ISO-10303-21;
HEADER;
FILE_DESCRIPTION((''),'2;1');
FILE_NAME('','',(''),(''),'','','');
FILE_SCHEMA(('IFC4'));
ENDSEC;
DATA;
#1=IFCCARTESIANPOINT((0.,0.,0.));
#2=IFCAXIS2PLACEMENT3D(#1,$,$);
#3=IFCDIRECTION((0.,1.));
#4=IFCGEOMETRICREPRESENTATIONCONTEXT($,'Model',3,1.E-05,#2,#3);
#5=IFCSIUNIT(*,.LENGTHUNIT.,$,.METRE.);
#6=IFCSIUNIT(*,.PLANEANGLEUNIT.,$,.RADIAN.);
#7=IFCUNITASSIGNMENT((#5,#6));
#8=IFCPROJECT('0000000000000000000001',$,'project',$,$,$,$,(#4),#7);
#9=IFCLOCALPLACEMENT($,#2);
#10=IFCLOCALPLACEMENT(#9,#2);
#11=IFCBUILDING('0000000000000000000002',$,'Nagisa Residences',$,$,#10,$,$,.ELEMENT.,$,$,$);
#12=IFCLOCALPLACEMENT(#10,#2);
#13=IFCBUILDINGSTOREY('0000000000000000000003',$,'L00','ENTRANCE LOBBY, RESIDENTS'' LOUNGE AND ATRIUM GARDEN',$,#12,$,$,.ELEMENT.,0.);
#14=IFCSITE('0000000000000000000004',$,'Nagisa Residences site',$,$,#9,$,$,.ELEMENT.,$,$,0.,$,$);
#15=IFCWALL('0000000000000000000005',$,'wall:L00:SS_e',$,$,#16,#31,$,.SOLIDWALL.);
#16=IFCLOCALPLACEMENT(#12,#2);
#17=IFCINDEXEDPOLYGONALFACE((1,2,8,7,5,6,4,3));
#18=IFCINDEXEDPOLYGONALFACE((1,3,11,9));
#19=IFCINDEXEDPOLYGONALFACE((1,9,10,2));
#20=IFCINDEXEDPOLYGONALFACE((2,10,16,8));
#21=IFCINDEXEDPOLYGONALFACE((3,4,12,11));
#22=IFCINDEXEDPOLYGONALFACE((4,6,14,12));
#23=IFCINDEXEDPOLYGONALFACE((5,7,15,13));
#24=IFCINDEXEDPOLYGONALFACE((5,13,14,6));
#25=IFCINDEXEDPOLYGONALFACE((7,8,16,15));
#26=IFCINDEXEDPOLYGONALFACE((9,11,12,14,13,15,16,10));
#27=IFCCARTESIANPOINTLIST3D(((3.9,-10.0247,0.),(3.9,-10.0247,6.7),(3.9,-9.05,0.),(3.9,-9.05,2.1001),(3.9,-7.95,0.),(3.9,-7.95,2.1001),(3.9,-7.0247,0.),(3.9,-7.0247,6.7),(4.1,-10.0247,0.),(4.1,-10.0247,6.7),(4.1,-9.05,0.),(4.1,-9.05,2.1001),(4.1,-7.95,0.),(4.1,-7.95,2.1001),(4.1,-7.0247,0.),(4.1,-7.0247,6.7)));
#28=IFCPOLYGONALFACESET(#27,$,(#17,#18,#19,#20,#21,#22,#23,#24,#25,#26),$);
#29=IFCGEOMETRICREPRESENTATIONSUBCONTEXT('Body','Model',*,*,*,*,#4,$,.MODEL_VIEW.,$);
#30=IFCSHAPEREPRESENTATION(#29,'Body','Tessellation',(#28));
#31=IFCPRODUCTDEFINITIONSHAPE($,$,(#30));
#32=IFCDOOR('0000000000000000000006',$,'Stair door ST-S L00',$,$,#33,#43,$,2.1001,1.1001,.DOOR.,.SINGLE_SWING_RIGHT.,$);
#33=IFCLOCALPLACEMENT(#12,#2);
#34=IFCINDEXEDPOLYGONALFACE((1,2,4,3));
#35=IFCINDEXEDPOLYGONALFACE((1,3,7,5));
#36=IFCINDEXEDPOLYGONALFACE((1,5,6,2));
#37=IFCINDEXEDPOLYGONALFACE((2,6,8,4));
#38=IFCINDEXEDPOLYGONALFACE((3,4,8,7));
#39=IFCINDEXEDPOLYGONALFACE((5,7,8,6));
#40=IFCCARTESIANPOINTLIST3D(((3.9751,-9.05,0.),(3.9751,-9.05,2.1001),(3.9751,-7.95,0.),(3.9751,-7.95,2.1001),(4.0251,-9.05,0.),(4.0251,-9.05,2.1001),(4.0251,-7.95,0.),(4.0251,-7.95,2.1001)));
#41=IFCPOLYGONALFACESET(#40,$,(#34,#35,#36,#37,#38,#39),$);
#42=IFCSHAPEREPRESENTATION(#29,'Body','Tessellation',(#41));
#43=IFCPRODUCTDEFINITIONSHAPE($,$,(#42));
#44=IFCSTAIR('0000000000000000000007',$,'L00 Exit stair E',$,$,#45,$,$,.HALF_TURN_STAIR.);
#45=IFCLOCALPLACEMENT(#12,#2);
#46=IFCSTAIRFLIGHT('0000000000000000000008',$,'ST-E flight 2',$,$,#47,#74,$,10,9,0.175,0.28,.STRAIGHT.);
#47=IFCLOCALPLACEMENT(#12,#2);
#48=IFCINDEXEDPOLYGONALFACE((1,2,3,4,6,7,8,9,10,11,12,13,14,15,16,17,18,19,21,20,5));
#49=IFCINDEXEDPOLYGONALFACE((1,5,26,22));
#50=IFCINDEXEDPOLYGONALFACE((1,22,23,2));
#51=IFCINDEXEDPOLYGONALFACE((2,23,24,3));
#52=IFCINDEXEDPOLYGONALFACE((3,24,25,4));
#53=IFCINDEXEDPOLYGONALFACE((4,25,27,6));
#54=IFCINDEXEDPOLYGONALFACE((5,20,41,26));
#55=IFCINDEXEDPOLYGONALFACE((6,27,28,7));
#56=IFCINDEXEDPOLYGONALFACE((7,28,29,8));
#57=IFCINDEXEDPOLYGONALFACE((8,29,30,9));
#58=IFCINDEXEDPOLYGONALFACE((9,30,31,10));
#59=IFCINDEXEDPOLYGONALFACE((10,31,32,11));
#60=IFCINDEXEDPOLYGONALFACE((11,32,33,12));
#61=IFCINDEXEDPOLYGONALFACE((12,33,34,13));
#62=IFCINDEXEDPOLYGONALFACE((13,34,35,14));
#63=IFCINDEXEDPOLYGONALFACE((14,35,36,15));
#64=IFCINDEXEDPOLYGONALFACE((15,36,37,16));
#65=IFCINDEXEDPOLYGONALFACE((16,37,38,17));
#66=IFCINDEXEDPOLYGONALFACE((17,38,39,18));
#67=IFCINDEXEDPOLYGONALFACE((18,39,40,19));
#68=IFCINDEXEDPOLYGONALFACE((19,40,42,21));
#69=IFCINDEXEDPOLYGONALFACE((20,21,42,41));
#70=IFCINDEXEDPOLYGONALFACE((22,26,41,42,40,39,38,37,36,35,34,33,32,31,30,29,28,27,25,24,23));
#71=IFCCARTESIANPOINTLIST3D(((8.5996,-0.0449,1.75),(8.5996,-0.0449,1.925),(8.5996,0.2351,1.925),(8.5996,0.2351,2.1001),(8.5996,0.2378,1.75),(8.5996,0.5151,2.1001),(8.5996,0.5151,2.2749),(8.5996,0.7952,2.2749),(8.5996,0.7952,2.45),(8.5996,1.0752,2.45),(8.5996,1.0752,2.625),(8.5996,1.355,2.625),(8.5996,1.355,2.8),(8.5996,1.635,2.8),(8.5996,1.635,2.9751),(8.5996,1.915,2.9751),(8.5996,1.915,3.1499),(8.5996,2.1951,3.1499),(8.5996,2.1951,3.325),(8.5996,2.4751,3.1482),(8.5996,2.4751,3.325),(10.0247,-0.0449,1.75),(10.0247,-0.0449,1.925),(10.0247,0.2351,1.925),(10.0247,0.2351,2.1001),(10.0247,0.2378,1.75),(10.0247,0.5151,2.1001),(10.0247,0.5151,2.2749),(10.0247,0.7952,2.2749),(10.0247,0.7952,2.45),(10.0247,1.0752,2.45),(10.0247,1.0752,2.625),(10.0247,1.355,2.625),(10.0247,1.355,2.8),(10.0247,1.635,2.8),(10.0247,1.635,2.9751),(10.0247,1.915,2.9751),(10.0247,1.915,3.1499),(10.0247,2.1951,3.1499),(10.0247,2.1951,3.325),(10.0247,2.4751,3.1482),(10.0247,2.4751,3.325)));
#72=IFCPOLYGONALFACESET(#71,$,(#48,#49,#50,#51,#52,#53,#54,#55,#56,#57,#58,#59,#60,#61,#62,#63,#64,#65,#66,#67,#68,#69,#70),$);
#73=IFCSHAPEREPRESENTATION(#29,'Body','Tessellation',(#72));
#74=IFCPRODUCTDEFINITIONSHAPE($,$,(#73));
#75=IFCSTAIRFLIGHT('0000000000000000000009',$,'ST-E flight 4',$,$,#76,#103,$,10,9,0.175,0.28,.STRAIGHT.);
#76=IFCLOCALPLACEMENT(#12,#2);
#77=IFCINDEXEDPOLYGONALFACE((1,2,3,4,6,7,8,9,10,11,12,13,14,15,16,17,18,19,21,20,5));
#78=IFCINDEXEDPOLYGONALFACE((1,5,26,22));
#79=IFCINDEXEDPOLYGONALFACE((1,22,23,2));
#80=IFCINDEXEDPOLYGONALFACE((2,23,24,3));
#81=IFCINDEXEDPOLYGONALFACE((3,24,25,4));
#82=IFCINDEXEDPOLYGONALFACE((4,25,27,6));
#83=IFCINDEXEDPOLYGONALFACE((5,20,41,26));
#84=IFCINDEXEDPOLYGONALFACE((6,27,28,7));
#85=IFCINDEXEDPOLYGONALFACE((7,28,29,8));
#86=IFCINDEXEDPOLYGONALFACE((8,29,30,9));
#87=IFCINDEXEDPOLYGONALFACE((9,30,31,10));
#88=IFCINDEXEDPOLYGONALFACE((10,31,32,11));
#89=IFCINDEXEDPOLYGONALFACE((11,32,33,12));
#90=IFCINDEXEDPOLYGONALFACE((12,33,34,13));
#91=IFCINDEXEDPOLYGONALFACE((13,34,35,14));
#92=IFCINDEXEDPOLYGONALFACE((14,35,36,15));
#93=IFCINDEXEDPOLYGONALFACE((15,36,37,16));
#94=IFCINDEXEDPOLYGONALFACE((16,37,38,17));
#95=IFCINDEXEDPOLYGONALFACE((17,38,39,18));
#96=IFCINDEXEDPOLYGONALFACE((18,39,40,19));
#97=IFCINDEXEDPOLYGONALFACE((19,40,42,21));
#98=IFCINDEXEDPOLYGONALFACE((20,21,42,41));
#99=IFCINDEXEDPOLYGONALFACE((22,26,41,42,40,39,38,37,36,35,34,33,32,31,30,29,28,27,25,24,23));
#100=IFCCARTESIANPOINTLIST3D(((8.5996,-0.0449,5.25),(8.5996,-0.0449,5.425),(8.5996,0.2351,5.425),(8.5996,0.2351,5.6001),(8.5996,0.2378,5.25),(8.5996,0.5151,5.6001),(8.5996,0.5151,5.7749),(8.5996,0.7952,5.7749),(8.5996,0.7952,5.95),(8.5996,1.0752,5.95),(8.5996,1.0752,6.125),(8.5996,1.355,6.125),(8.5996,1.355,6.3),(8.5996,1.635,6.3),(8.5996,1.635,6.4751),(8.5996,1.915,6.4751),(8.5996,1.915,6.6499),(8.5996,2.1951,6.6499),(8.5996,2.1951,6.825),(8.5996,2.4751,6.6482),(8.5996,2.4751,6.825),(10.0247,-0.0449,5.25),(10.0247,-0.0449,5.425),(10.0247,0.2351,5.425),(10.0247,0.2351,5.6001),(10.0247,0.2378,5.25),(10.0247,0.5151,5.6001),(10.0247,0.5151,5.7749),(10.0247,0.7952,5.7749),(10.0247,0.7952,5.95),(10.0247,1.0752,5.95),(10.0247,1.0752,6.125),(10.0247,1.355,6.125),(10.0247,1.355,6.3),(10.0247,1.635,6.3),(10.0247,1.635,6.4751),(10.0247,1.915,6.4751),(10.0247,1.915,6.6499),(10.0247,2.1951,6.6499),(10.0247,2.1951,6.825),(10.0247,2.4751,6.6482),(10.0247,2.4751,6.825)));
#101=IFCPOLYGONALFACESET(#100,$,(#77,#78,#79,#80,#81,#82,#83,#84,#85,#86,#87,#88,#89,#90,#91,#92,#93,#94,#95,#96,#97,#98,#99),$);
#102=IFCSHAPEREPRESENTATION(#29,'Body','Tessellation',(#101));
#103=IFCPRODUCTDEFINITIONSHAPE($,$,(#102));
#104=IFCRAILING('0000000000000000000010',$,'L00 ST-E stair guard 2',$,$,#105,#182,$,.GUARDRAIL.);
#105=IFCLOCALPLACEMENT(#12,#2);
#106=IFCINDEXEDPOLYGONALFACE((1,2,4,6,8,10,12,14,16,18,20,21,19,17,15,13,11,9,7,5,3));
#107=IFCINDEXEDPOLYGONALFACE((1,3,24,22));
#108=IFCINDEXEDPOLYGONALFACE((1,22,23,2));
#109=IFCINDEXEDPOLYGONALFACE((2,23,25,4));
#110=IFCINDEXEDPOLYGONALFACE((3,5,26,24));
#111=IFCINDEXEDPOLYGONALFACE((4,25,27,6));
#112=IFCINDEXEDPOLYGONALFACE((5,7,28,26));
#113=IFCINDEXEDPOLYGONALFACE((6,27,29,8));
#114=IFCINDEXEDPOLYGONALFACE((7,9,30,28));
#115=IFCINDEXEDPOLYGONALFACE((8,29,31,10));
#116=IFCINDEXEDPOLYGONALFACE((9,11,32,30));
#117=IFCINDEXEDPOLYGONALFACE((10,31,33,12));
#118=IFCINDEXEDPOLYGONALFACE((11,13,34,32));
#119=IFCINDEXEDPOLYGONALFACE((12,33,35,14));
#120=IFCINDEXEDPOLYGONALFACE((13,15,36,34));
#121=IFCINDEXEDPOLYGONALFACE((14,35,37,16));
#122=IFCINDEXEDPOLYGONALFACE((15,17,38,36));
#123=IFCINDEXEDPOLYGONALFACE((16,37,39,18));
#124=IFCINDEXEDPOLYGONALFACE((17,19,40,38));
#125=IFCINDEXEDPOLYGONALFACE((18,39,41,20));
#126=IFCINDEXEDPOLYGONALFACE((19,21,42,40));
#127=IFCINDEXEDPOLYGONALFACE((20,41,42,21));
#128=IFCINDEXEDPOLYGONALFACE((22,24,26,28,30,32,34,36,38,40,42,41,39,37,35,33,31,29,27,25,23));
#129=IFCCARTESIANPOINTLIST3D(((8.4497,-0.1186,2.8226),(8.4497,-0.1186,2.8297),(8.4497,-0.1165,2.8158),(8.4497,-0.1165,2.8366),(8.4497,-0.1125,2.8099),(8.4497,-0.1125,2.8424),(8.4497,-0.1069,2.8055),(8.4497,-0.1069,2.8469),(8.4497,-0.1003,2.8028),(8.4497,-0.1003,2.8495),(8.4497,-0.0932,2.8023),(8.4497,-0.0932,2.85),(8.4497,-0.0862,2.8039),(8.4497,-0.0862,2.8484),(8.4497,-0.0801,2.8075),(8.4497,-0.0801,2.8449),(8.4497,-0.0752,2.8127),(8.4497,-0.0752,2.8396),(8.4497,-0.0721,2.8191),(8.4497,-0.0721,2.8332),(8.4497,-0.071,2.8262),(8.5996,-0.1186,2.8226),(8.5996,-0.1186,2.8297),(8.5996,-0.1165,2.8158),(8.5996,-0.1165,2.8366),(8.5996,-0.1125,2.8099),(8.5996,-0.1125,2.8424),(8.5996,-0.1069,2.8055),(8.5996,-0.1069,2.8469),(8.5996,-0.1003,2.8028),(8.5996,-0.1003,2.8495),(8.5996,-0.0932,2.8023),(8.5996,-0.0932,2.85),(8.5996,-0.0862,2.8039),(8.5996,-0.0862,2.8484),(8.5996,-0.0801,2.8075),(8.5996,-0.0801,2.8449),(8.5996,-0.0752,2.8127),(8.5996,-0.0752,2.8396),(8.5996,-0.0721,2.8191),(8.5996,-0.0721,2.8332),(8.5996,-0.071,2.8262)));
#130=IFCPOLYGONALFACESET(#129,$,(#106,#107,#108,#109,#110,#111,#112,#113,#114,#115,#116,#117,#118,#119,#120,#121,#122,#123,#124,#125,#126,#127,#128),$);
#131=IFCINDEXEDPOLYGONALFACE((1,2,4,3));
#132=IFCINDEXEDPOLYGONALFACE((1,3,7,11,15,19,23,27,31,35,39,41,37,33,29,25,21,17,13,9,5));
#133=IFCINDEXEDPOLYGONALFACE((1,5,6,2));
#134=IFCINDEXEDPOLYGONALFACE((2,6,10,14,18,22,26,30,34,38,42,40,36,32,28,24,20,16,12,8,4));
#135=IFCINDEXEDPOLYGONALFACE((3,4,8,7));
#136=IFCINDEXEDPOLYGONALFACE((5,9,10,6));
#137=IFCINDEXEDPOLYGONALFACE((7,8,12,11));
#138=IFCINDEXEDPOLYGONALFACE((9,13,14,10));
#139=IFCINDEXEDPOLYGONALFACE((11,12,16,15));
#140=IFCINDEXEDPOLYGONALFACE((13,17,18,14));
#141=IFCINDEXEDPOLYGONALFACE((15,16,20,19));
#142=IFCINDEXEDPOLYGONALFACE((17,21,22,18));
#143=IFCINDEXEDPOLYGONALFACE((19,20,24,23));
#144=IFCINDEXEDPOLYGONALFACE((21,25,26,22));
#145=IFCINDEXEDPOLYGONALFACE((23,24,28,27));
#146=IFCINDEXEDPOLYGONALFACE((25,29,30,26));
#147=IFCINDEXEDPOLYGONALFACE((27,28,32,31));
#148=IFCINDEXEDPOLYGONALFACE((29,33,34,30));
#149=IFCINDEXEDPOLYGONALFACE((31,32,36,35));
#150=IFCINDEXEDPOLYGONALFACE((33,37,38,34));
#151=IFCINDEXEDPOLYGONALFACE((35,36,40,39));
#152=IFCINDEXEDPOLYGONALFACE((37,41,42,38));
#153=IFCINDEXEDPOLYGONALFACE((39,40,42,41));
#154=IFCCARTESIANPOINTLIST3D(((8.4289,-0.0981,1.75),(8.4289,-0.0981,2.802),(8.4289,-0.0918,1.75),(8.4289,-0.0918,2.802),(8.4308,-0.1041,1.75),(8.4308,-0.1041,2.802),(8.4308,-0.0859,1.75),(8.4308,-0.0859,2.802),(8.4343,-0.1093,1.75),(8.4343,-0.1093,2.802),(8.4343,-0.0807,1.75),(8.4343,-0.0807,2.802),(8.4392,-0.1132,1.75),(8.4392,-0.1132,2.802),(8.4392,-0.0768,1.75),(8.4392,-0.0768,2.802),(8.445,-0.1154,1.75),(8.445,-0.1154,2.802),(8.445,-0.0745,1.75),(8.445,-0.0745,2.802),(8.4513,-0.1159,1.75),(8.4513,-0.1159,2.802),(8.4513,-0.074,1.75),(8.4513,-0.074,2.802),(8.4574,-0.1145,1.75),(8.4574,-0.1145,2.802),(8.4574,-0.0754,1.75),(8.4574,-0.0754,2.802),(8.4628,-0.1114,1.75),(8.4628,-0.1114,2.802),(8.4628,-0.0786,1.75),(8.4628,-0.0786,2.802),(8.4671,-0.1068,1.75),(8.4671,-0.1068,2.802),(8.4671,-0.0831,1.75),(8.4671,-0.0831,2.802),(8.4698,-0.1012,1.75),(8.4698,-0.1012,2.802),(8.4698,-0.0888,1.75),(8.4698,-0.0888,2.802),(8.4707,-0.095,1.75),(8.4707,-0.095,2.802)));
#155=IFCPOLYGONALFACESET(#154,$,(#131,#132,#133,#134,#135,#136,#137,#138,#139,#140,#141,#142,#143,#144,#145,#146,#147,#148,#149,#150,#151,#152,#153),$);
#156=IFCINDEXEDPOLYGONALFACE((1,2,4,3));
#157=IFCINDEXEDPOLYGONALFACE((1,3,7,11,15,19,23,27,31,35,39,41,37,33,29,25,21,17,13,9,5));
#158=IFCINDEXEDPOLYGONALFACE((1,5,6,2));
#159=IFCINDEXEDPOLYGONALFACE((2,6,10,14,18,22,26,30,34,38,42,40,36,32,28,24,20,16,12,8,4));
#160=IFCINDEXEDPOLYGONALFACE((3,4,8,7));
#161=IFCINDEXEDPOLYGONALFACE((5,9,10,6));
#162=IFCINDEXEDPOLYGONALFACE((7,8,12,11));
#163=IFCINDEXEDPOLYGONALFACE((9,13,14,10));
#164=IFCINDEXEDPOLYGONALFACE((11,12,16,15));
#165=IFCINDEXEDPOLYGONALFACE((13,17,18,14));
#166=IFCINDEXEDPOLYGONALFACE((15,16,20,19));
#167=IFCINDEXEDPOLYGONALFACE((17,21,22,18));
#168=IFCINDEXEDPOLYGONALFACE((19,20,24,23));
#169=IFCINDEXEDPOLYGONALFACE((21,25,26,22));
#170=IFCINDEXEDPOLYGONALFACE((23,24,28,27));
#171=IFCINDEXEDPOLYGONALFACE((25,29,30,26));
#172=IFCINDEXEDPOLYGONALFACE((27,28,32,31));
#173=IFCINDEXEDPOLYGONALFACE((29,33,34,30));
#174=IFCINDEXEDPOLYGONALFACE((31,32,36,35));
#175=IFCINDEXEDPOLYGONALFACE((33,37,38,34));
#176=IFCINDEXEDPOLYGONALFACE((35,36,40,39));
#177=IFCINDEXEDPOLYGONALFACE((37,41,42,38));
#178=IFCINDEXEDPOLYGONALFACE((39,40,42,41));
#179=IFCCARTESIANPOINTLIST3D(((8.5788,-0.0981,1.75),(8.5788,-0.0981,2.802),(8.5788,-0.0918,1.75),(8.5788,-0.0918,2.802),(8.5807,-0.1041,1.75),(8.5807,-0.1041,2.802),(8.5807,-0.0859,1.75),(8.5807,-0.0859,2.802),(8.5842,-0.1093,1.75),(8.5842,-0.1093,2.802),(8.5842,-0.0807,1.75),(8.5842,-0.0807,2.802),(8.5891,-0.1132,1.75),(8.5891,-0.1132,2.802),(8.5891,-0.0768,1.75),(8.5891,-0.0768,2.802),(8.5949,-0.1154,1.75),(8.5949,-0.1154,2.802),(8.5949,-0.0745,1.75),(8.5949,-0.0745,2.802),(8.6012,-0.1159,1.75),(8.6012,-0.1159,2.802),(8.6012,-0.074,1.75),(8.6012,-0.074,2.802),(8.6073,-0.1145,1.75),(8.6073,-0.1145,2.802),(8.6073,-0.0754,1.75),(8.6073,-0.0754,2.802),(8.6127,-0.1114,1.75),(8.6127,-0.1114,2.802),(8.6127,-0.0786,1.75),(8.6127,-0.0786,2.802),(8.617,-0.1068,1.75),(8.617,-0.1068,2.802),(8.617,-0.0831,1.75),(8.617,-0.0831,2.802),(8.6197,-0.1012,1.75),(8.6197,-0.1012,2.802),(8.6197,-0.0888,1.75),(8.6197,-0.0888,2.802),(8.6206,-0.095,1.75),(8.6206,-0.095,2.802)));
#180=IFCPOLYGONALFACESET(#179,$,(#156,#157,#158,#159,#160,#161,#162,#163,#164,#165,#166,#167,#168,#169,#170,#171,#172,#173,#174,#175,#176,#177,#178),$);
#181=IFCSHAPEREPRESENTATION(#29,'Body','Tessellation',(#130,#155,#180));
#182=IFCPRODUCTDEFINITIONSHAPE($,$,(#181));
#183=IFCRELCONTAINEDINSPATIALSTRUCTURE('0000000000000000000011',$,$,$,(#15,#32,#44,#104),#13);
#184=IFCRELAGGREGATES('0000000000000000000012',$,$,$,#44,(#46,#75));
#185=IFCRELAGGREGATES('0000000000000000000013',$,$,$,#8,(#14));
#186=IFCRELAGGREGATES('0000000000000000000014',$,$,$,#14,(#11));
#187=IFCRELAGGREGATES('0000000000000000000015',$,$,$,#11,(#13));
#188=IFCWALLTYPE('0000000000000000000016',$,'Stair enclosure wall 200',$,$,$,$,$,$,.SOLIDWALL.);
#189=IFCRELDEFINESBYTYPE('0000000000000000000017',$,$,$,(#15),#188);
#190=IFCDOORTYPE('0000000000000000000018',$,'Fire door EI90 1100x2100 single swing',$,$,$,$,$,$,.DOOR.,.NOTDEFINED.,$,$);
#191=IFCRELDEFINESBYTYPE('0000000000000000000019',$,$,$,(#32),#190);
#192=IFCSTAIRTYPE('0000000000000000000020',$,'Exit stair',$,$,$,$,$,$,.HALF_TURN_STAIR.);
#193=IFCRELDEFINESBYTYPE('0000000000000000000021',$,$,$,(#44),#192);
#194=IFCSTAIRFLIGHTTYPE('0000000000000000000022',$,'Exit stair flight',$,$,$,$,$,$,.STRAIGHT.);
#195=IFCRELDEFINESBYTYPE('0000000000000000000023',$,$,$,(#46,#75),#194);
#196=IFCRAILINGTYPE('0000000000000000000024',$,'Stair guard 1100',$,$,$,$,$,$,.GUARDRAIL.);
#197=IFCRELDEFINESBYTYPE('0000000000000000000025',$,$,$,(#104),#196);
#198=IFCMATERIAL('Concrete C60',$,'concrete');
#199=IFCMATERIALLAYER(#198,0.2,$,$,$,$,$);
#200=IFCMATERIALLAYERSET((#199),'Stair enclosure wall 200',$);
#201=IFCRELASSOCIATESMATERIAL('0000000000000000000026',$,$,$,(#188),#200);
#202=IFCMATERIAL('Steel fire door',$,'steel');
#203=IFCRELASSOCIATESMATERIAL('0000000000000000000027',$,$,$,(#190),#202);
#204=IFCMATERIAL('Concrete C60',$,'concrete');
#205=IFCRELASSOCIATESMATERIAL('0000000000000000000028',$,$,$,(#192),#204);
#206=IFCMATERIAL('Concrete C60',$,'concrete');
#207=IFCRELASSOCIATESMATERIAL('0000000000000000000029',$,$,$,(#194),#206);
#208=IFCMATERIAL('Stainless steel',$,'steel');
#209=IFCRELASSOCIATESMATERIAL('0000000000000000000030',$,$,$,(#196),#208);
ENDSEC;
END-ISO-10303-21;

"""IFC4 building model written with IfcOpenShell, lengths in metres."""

from ifc_helpers import new_model, si_unit, direction, frame, frame_2d, origin, origin_2d, place, context, subcontext, project, spatial, polyline, rectangle, circle, outline, extrude, material, layer, layer_set, type_object, element, fill, aggregate, save


model = new_model("IFC4")

# Units and contexts
model_context = context("Model", 3, precision=1e-05, world=origin(), true_north=direction((0.0, 1.0)))
body_context = subcontext(model_context, "Body", "Model", "MODEL_VIEW")
ifc_project = project(units=[si_unit("LENGTHUNIT", "METRE"), si_unit("PLANEANGLEUNIT", "RADIAN")], contexts=[model_context])

# Site, building, storey
site_placement = place(None, origin())
site = spatial("IfcSite", under=ifc_project, at=site_placement, Name="Nagisa Residences site", CompositionType="ELEMENT", RefElevation=0.0)
building_placement = place(site_placement, origin())
building = spatial("IfcBuilding", under=site, at=building_placement, Name="Nagisa Residences", CompositionType="ELEMENT")
storey_placement = place(building_placement, origin())
storey = spatial("IfcBuildingStorey", under=building, at=storey_placement, Name="L00", Description="ENTRANCE LOBBY, RESIDENTS' LOUNGE AND ATRIUM GARDEN", CompositionType="ELEMENT", Elevation=0.0)

# Wall, opening, door
ifc_material_1 = material(Name="Concrete C60", Category="concrete")
ifc_layer_1 = layer(ifc_material_1, 0.2)
ifc_layer_set_1 = layer_set([ifc_layer_1], Name="Stair enclosure wall 200")
wall_type_1 = type_object("IfcWallType", Name="Stair enclosure wall 200", PredefinedType="SOLIDWALL", material=ifc_layer_set_1)
wall_1_placement = place(storey_placement, frame((4.0, -10.0247, 0.0), z_axis=(0.0, 0.0, 1.0), x_axis=(0.0, 1.0, 0.0)))
wall_1 = element("IfcWall", 1, at=wall_1_placement, inside=storey, type_object=wall_type_1, Name="wall:L00:SS_e", PredefinedType="SOLIDWALL", context=body_context, shape_type="SweptSolid", body=[
    extrude(rectangle(XDim=3.0, YDim=0.2, at=frame_2d((1.5, 0.0))), origin(), (0.0, 0.0, 1.0), 6.7),
])
opening_1_placement = place(wall_1_placement, frame((0.9746, 0.0, 0.0)))
opening_1 = element("IfcOpeningElement", 2, at=opening_1_placement, cuts=wall_1, PredefinedType="OPENING", context=body_context, shape_type="SweptSolid", body=[
    extrude(rectangle(XDim=1.1001, YDim=2.1001, at=frame_2d((0.55, 1.05))), frame((0.0, 0.1099, 0.0), z_axis=(0.0, -1.0, 0.0), x_axis=(1.0, 0.0, 0.0)), (0.0, 0.0, 1.0), 0.22),
])
ifc_material_2 = material(Name="Steel fire door", Category="steel")
door_type_1 = type_object("IfcDoorType", Name="Fire door EI90 1100x2100 single swing", OperationType="NOTDEFINED", PredefinedType="DOOR", material=ifc_material_2)
door_1_placement = place(opening_1_placement, origin())
door_1 = element("IfcDoor", 3, at=door_1_placement, inside=storey, type_object=door_type_1, Name="Stair door ST-S L00", OperationType="SINGLE_SWING_RIGHT", OverallHeight=2.1001, OverallWidth=1.1001, PredefinedType="DOOR", context=body_context, shape_type="SweptSolid", body=[
    extrude(rectangle(XDim=1.1001, YDim=2.1001, at=frame_2d((0.55, 1.05))), frame((0.0, 0.0249, 0.0), z_axis=(0.0, -1.0, 0.0), x_axis=(1.0, 0.0, 0.0)), (0.0, 0.0, 1.0), 0.05),
])
fill(opening_1, door_1)

# Stair, stair flights
ifc_material_3 = material(Name="Concrete C60", Category="concrete")
stair_type = type_object("IfcStairType", Name="Exit stair", PredefinedType="HALF_TURN_STAIR", material=ifc_material_3)
stair_placement = place(storey_placement, origin())
stair = element("IfcStair", 4, at=stair_placement, inside=storey, type_object=stair_type, Name="L00 Exit stair E", PredefinedType="HALF_TURN_STAIR")
ifc_material_4 = material(Name="Concrete C60", Category="concrete")
stair_flight_type = type_object("IfcStairFlightType", Name="Exit stair flight", PredefinedType="STRAIGHT", material=ifc_material_4)
stair_flight_1_placement = place(storey_placement, frame((9.312, -0.0449, 1.75), z_axis=(0.0, 0.0, 1.0), x_axis=(0.0, 1.0, 0.0)))
stair_flight_1 = element("IfcStairFlight", 5, at=stair_flight_1_placement, type_object=stair_flight_type, Name="ST-E flight 2", NumberOfRisers=10, NumberOfTreads=9, PredefinedType="STRAIGHT", RiserHeight=0.175, TreadLength=0.28, context=body_context, shape_type="SweptSolid", body=[
    extrude(outline(polyline([(0.0, 0.0), (0.0, 0.175), (0.28, 0.175), (0.28, 0.3501), (0.5601, 0.3501), (0.5601, 0.5249), (0.8401, 0.5249), (0.8401, 0.7), (1.1201, 0.7), (1.1201, 0.875), (1.3999, 0.875), (1.3999, 1.05), (1.6799, 1.05), (1.6799, 1.2251), (1.96, 1.2251), (1.96, 1.3999), (2.24, 1.3999), (2.24, 1.575), (2.52, 1.575), (2.52, 1.75), (2.52, 1.3982), (0.2827, 0.0), (0.0, 0.0)])), frame((0.0, 0.7124, 0.0), z_axis=(0.0, -1.0, 0.0), x_axis=(1.0, 0.0, 0.0)), (0.0, 0.0, 1.0), 1.425),
])
stair_flight_2_placement = place(storey_placement, frame((9.312, -0.0449, 5.25), z_axis=(0.0, 0.0, 1.0), x_axis=(0.0, 1.0, 0.0)))
stair_flight_2 = element("IfcStairFlight", 6, at=stair_flight_2_placement, type_object=stair_flight_type, Name="ST-E flight 4", NumberOfRisers=10, NumberOfTreads=9, PredefinedType="STRAIGHT", RiserHeight=0.175, TreadLength=0.28, context=body_context, shape_type="SweptSolid", body=[
    extrude(outline(polyline([(0.0, 0.0), (0.0, 0.175), (0.28, 0.175), (0.28, 0.3501), (0.5601, 0.3501), (0.5601, 0.5249), (0.8401, 0.5249), (0.8401, 0.7), (1.1201, 0.7), (1.1201, 0.875), (1.3999, 0.875), (1.3999, 1.05), (1.6799, 1.05), (1.6799, 1.2251), (1.96, 1.2251), (1.96, 1.3999), (2.24, 1.3999), (2.24, 1.575), (2.52, 1.575), (2.52, 1.75), (2.52, 1.3982), (0.2827, 0.0), (0.0, 0.0)])), frame((0.0, 0.7124, 0.0), z_axis=(0.0, -1.0, 0.0), x_axis=(1.0, 0.0, 0.0)), (0.0, 0.0, 1.0), 1.425),
])
aggregate(stair, [stair_flight_1, stair_flight_2])

# Railing
ifc_material_5 = material(Name="Stainless steel", Category="steel")
railing_type_1 = type_object("IfcRailingType", Name="Stair guard 1100", PredefinedType="GUARDRAIL", material=ifc_material_5)
railing_1_placement = place(storey_placement, frame((8.4497, -0.095, 1.75)))
element("IfcRailing", 7, at=railing_1_placement, inside=storey, type_object=railing_type_1, Name="L00 ST-E stair guard 2", PredefinedType="GUARDRAIL", context=body_context, shape_type="SweptSolid", body=[
    extrude(circle(Radius=0.0239, at=origin_2d()), frame((0.0, 0.0, 1.0762), z_axis=(1.0, 0.0, 0.0), x_axis=(0.0, 1.0, 0.0)), (0.0, 0.0, 1.0), 0.1499),
    extrude(circle(Radius=0.021, at=origin_2d()), origin(), (0.0, 0.0, 1.0), 1.052),
    extrude(circle(Radius=0.021, at=origin_2d()), frame((0.1499, 0.0, 0.0)), (0.0, 0.0, 1.0), 1.052),
])

save(model, "model.ifc")
